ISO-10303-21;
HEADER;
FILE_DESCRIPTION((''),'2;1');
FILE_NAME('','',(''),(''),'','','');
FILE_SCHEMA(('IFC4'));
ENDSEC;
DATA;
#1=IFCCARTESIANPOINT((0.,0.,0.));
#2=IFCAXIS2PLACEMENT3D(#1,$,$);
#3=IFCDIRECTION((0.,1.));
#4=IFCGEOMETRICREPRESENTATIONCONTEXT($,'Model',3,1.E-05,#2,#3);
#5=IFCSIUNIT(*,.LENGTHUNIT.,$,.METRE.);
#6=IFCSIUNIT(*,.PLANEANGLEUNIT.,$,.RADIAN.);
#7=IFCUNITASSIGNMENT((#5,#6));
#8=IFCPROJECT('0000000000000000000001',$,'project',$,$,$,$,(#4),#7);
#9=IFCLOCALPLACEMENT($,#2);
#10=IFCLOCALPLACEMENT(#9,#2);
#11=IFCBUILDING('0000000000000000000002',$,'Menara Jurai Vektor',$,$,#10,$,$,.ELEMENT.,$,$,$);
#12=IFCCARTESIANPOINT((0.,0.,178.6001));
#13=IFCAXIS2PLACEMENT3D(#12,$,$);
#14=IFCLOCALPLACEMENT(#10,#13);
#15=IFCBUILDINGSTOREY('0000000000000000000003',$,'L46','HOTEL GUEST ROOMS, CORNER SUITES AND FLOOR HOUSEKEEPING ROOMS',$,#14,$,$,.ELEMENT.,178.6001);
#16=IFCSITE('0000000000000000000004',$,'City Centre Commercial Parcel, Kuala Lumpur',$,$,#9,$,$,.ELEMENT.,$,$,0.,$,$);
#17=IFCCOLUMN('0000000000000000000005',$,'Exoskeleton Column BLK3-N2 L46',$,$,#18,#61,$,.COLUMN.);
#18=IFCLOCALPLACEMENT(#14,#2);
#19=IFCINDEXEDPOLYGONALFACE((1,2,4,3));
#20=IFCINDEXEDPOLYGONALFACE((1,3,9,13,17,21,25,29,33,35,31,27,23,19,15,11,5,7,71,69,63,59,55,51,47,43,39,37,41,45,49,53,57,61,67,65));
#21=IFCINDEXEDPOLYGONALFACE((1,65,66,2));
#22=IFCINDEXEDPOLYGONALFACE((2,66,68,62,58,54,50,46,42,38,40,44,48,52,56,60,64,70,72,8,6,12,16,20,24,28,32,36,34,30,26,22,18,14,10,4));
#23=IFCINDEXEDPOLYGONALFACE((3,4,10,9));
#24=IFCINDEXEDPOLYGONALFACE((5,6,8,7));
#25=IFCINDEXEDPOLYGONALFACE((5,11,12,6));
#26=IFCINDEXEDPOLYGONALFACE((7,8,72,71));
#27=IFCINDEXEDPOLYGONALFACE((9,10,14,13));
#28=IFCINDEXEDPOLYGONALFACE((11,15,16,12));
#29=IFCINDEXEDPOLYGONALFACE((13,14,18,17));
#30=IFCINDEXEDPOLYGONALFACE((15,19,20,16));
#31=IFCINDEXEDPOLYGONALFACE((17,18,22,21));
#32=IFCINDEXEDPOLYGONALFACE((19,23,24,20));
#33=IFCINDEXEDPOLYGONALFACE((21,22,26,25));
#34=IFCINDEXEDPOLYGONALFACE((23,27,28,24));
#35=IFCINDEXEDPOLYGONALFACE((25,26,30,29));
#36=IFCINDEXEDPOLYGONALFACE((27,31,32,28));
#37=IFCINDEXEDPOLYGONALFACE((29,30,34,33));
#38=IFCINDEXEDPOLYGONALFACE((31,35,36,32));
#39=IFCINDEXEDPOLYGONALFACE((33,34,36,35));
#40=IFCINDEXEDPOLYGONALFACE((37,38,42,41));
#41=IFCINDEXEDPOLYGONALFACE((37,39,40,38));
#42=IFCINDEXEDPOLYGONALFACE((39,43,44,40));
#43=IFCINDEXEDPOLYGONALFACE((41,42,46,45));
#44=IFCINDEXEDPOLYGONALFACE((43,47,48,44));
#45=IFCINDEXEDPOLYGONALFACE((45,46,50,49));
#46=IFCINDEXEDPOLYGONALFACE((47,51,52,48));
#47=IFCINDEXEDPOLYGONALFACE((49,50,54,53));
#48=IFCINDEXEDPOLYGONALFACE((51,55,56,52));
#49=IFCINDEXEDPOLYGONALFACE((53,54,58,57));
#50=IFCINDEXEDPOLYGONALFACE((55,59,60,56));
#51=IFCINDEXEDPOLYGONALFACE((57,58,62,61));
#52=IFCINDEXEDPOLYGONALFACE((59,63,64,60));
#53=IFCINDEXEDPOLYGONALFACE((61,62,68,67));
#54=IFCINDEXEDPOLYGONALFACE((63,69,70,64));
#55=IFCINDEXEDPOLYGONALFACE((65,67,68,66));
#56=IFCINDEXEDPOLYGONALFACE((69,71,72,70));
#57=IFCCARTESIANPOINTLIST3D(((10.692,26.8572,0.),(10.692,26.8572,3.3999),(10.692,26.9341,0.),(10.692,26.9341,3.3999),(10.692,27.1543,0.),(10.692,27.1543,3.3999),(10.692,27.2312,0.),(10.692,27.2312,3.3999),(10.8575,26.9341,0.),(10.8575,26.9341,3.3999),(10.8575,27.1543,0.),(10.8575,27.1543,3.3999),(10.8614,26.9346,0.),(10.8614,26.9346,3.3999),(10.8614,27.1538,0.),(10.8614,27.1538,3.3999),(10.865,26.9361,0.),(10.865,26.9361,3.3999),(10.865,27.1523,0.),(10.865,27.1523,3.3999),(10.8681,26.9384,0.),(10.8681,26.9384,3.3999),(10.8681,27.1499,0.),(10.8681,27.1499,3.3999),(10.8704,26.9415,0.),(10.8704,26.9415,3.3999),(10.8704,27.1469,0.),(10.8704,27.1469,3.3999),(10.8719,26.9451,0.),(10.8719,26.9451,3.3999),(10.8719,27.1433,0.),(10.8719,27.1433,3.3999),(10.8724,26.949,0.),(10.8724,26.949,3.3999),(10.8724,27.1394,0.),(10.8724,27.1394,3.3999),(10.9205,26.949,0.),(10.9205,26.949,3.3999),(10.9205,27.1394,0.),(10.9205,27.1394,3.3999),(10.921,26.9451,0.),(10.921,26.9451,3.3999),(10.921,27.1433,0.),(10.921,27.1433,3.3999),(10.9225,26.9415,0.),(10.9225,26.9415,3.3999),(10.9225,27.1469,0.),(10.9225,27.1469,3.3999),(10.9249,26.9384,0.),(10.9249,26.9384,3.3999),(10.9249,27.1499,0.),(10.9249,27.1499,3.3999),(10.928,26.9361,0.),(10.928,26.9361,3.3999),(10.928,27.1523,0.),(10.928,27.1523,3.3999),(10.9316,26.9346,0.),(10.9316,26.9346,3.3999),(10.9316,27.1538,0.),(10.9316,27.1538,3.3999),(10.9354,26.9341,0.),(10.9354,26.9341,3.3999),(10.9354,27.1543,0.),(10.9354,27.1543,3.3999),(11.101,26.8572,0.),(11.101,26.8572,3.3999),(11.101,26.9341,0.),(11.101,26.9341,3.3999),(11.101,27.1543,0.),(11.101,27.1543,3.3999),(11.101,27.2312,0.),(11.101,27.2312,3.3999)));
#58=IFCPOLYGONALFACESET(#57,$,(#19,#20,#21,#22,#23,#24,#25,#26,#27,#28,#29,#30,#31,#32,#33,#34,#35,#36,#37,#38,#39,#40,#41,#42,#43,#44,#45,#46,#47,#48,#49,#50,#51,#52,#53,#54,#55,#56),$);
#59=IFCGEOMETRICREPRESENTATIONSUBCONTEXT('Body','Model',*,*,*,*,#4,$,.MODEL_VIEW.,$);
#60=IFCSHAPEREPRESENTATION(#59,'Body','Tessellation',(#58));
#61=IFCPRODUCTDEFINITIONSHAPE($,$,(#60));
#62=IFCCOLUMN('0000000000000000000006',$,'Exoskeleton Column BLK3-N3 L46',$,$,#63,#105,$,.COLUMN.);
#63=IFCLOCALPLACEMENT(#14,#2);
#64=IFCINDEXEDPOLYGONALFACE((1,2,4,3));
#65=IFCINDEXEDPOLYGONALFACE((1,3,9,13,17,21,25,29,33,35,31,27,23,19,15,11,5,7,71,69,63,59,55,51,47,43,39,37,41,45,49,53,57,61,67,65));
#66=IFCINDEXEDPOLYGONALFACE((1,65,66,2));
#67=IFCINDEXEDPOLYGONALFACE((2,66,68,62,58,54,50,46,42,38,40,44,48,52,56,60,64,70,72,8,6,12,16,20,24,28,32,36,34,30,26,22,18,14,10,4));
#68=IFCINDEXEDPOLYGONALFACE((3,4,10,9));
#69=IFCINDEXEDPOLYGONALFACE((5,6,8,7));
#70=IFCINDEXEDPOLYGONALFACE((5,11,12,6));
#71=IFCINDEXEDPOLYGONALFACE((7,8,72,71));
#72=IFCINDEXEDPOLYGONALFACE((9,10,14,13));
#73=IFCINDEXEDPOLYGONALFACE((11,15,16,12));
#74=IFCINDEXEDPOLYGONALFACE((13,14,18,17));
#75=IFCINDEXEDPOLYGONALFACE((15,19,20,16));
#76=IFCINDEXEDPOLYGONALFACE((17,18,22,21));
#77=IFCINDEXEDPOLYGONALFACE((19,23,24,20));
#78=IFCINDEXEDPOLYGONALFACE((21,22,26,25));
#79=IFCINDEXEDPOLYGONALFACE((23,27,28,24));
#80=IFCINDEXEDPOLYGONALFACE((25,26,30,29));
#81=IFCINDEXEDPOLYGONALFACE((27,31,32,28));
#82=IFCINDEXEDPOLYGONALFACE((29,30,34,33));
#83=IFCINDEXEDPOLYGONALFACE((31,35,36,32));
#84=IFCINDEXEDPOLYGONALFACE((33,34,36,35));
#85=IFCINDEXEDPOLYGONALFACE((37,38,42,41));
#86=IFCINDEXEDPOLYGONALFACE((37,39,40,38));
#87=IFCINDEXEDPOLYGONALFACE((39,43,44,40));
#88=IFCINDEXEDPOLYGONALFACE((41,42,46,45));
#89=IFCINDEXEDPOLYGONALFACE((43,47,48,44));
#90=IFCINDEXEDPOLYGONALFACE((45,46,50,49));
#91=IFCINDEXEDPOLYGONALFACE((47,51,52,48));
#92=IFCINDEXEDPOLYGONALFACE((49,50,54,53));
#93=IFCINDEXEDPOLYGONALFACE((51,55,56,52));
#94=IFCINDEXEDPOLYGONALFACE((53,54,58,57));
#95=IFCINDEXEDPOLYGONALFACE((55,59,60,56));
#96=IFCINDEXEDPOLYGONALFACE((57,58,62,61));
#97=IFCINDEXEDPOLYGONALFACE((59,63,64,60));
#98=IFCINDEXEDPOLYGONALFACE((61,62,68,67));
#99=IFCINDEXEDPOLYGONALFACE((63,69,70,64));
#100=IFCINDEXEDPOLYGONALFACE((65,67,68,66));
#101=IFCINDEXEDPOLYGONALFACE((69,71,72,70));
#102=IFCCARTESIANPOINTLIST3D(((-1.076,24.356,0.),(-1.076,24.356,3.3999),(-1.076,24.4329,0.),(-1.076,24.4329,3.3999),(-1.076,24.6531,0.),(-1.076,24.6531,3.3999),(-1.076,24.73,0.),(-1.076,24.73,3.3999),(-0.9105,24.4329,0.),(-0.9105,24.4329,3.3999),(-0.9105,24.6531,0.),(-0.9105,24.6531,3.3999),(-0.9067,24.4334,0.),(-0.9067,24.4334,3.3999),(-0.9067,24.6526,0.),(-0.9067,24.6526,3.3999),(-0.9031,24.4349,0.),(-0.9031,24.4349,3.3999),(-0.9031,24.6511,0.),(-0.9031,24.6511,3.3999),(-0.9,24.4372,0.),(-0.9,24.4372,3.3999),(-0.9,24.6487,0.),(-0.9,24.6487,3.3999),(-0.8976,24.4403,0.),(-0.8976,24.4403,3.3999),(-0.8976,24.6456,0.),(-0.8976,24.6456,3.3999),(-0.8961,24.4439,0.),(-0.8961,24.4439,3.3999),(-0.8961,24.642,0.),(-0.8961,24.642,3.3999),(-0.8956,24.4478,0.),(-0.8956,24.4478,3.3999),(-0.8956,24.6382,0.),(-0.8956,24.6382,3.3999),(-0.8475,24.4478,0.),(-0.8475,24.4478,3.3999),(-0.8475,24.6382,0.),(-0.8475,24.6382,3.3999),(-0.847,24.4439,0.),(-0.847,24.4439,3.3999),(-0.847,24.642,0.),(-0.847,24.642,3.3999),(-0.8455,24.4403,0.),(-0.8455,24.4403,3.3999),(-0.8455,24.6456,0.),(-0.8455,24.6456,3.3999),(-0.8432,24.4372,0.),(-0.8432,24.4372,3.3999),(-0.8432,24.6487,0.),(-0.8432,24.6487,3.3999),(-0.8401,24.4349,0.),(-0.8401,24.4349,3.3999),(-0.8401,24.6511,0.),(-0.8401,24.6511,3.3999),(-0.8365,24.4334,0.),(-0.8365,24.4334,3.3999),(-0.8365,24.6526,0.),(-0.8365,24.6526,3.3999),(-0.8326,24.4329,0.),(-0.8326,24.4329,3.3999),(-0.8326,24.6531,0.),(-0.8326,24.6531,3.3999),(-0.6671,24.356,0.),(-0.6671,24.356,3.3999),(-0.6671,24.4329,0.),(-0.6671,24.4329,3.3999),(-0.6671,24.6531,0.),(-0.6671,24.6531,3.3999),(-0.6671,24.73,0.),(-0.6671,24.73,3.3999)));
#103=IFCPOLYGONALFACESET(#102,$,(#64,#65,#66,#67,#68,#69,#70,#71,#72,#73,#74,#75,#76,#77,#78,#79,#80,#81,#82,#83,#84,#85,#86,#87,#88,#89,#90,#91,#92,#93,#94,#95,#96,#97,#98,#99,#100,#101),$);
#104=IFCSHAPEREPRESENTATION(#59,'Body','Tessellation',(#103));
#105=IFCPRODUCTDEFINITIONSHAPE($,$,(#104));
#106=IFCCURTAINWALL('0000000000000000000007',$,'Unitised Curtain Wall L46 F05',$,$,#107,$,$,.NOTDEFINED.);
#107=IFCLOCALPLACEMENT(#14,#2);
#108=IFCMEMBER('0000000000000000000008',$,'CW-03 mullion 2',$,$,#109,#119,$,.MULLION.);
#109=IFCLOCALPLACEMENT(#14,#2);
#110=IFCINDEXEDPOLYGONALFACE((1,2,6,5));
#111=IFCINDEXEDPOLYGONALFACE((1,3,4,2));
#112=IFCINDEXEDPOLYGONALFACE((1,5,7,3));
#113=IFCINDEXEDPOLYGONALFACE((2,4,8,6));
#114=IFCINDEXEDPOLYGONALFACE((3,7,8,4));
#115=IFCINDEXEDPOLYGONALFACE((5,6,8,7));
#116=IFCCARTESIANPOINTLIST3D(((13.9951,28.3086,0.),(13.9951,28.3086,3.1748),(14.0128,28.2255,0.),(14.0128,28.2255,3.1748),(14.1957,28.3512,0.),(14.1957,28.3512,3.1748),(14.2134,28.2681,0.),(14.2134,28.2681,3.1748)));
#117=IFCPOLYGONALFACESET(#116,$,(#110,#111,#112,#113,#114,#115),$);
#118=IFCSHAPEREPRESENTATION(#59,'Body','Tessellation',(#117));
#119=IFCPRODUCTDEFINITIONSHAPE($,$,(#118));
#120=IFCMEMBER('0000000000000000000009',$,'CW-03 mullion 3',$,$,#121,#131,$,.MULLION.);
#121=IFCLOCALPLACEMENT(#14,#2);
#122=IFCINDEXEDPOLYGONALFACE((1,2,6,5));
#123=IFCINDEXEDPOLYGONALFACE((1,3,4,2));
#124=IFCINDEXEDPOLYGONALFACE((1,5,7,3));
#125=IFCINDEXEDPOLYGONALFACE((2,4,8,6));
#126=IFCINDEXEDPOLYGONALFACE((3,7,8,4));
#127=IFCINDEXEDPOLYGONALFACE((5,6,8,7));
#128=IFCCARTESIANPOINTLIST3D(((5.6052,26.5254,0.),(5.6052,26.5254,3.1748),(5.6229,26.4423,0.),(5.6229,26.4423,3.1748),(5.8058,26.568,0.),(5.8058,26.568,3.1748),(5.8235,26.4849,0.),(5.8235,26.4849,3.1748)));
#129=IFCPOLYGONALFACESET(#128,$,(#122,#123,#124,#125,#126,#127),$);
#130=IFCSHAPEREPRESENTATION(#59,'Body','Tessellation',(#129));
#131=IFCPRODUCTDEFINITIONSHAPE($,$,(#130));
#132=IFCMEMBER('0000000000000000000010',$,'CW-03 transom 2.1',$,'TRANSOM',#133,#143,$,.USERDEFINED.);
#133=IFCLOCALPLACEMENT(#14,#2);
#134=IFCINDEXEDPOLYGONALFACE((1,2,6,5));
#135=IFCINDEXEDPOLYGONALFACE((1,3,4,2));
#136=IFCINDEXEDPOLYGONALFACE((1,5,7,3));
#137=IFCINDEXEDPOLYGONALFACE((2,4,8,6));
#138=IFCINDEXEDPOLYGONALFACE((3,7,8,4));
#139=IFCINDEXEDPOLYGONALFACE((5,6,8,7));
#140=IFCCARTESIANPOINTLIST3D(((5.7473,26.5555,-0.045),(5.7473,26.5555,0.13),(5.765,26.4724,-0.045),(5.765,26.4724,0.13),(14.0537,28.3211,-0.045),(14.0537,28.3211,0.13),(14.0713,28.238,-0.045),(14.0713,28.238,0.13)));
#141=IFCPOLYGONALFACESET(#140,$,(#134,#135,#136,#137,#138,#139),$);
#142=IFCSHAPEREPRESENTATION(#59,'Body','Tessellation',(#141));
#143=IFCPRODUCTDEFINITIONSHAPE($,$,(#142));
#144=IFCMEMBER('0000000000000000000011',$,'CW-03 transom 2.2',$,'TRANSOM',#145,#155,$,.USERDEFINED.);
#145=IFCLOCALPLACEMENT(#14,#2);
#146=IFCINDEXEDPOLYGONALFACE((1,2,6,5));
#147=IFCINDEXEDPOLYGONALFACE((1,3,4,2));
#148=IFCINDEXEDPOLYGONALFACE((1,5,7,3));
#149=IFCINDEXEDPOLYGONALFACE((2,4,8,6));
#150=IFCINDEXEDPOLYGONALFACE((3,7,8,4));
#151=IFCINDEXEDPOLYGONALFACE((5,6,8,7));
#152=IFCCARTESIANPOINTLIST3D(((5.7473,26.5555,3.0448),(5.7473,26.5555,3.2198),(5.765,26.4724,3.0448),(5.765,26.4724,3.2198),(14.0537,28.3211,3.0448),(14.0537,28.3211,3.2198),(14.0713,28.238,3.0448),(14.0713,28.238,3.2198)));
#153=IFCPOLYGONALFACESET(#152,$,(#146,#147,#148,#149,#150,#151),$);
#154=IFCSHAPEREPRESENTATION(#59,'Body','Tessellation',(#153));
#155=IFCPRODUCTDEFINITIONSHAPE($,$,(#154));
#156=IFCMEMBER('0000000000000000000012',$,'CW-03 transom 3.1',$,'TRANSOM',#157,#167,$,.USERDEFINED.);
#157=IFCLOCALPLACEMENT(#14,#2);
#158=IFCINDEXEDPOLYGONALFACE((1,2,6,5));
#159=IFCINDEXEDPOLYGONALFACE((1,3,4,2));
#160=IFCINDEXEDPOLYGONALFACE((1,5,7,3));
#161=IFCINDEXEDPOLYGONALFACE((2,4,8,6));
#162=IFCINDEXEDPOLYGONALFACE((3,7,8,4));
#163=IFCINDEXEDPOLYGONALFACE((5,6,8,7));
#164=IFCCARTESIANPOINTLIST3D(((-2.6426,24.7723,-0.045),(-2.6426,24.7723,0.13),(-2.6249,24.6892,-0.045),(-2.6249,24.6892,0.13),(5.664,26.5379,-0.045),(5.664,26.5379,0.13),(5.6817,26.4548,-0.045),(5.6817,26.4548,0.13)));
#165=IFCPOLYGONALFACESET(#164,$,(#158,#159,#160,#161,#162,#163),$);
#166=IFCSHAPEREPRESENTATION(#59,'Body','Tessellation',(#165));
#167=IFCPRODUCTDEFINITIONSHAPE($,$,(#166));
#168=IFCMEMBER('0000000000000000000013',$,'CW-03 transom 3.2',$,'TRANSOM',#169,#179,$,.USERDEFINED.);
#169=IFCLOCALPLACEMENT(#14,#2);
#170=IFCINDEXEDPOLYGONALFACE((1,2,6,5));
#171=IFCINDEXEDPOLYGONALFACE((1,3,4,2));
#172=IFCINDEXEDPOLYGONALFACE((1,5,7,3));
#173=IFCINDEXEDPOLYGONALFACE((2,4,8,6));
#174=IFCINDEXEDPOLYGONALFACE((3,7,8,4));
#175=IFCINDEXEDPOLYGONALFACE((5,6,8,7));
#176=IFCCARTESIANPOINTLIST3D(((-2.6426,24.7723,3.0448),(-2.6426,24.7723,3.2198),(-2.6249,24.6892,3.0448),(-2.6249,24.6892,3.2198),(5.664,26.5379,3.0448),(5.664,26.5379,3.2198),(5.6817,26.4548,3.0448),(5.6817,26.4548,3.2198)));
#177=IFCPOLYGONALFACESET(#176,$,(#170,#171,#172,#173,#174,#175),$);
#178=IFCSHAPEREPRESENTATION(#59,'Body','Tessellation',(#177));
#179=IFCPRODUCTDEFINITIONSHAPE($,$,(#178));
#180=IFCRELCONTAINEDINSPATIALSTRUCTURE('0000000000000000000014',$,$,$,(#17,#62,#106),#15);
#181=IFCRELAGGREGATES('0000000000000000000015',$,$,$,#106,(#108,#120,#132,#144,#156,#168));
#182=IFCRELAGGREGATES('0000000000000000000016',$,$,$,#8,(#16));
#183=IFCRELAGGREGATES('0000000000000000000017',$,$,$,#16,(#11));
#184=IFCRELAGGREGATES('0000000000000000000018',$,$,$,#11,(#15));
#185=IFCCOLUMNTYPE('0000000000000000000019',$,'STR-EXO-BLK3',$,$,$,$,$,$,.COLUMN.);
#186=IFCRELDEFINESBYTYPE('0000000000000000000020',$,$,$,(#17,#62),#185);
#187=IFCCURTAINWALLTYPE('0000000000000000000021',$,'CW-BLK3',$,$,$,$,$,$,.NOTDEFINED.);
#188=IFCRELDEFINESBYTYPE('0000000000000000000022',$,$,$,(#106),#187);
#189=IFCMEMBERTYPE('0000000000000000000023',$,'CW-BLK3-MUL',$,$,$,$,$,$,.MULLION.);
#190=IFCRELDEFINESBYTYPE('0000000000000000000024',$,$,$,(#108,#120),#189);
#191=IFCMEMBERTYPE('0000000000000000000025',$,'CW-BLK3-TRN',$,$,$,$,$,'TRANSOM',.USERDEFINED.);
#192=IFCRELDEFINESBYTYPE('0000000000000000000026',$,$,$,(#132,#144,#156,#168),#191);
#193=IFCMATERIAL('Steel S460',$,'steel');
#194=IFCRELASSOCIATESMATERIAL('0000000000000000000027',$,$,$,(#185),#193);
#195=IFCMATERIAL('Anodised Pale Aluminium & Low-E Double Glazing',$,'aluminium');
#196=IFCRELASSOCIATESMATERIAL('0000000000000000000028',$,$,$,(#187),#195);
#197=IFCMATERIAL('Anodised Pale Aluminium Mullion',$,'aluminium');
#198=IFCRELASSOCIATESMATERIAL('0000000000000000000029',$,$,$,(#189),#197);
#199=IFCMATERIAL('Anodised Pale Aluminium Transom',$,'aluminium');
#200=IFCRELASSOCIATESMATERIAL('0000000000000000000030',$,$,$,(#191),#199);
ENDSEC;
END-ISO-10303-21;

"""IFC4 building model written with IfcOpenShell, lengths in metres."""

from ifc_helpers import new_model, si_unit, direction, frame, origin, origin_2d, place, context, subcontext, project, spatial, rectangle, i_section, extrude, material, material_profile, profile_set, type_object, element, aggregate, save


model = new_model("IFC4")

# Units and contexts
model_context = context("Model", 3, precision=1e-05, world=origin(), true_north=direction((0.0, 1.0)))
body_context = subcontext(model_context, "Body", "Model", "MODEL_VIEW")
ifc_project = project(units=[si_unit("LENGTHUNIT", "METRE"), si_unit("PLANEANGLEUNIT", "RADIAN")], contexts=[model_context])

# Site, building, storey
site_placement = place(None, origin())
site = spatial("IfcSite", under=ifc_project, at=site_placement, Name="City Centre Commercial Parcel, Kuala Lumpur", CompositionType="ELEMENT", RefElevation=0.0)
building_placement = place(site_placement, origin())
building = spatial("IfcBuilding", under=site, at=building_placement, Name="Menara Jurai Vektor", CompositionType="ELEMENT")
storey_placement = place(building_placement, frame((0.0, 0.0, 178.6001)))
storey = spatial("IfcBuildingStorey", under=building, at=storey_placement, Name="L46", Description="HOTEL GUEST ROOMS, CORNER SUITES AND FLOOR HOUSEKEEPING ROOMS", CompositionType="ELEMENT", Elevation=178.6001)

# Columns
ifc_material_1 = material(Name="Steel S460", Category="steel")
ifc_material_profile_1 = material_profile(ifc_material_1, i_section(OverallWidth=0.4089, OverallDepth=0.374, WebThickness=0.0481, FlangeThickness=0.0769, FilletRadius=0.0149, at=origin_2d()), Name="HD 400x634")
ifc_profile_set_1 = profile_set([ifc_material_profile_1], Name="Steel S460")
column_type = type_object("IfcColumnType", Name="STR-EXO-BLK3", PredefinedType="COLUMN", material=ifc_profile_set_1)
for number, where, z_axis, x_axis, name in (
    (1, (10.8965, 27.0442, 0.0), (0.0, 0.0, 1.0), (1.0, 0.0, 0.0), "Exoskeleton Column BLK3-N2 L46"),
    (2, (-0.8716, 24.543, 0.0), (0.0, 0.0, 1.0), (1.0, 0.0, 0.0), "Exoskeleton Column BLK3-N3 L46"),
):
    element("IfcColumn", number, at=place(storey_placement, frame(where, z_axis=z_axis, x_axis=x_axis)), inside=storey, type_object=column_type, Name=name, PredefinedType="COLUMN", context=body_context, shape_type="SweptSolid", body=[
        extrude(i_section(OverallWidth=0.4089, OverallDepth=0.374, WebThickness=0.0481, FlangeThickness=0.0769, FilletRadius=0.0149, at=origin_2d()), origin(), (0.0, 0.0, 1.0), 3.3999),
    ])

# Curtain wall, members
ifc_material_2 = material(Name="Anodised Pale Aluminium & Low-E Double Glazing", Category="aluminium")
curtain_wall_type = type_object("IfcCurtainWallType", Name="CW-BLK3", PredefinedType="NOTDEFINED", material=ifc_material_2)
curtain_wall_placement = place(storey_placement, origin())
curtain_wall = element("IfcCurtainWall", 3, at=curtain_wall_placement, inside=storey, type_object=curtain_wall_type, Name="Unitised Curtain Wall L46 F05", PredefinedType="NOTDEFINED")
ifc_material_3 = material(Name="Anodised Pale Aluminium Mullion", Category="aluminium")
ifc_material_profile_2 = material_profile(ifc_material_3, rectangle(XDim=0.085, YDim=0.2051, at=origin_2d()), Name="ALU MUL 85x205")
ifc_profile_set_2 = profile_set([ifc_material_profile_2], Name="Anodised Pale Aluminium Mullion")
member_type_1 = type_object("IfcMemberType", Name="CW-BLK3-MUL", PredefinedType="MULLION", material=ifc_profile_set_2)
member_1_placement = place(storey_placement, frame((14.1042, 28.2883, 0.0), z_axis=(0.0, 0.0, 1.0), x_axis=(0.207911, -0.978148, 0.0)))
member_1 = element("IfcMember", 4, at=member_1_placement, type_object=member_type_1, Name="CW-03 mullion 2", PredefinedType="MULLION", context=body_context, shape_type="SweptSolid", body=[
    extrude(rectangle(XDim=0.085, YDim=0.2051, at=origin_2d()), origin(), (0.0, 0.0, 1.0), 3.1748),
])
member_2_placement = place(storey_placement, frame((5.7144, 26.5051, 0.0), z_axis=(0.0, 0.0, 1.0), x_axis=(0.207911, -0.978148, 0.0)))
member_2 = element("IfcMember", 5, at=member_2_placement, type_object=member_type_1, Name="CW-03 mullion 3", PredefinedType="MULLION", context=body_context, shape_type="SweptSolid", body=[
    extrude(rectangle(XDim=0.085, YDim=0.2051, at=origin_2d()), origin(), (0.0, 0.0, 1.0), 3.1748),
])
ifc_material_4 = material(Name="Anodised Pale Aluminium Transom", Category="aluminium")
ifc_material_profile_3 = material_profile(ifc_material_4, rectangle(XDim=0.085, YDim=0.175, at=origin_2d()), Name="ALU TRN 85x175")
ifc_profile_set_3 = profile_set([ifc_material_profile_3], Name="Anodised Pale Aluminium Transom")
member_type_2 = type_object("IfcMemberType", Name="CW-BLK3-TRN", ElementType="TRANSOM", PredefinedType="USERDEFINED", material=ifc_profile_set_3)
member_3_placement = place(storey_placement, frame((14.0625, 28.2795, 0.0425), z_axis=(-0.978147, -0.207917, 0.0), x_axis=(0.207917, -0.978147, 0.0)))
member_3 = element("IfcMember", 6, at=member_3_placement, type_object=member_type_2, Name="CW-03 transom 2.1", ObjectType="TRANSOM", PredefinedType="USERDEFINED", context=body_context, shape_type="SweptSolid", body=[
    extrude(rectangle(XDim=0.085, YDim=0.175, at=origin_2d()), origin(), (0.0, 0.0, 1.0), 8.4919),
])
member_4_placement = place(storey_placement, frame((14.0625, 28.2795, 3.1323), z_axis=(-0.978147, -0.207917, 0.0), x_axis=(0.207917, -0.978147, 0.0)))
member_4 = element("IfcMember", 7, at=member_4_placement, type_object=member_type_2, Name="CW-03 transom 2.2", ObjectType="TRANSOM", PredefinedType="USERDEFINED", context=body_context, shape_type="SweptSolid", body=[
    extrude(rectangle(XDim=0.085, YDim=0.175, at=origin_2d()), origin(), (0.0, 0.0, 1.0), 8.4919),
])
member_5_placement = place(storey_placement, frame((5.6729, 26.4963, 0.0425), z_axis=(-0.978148, -0.207911, 0.0), x_axis=(0.207911, -0.978148, 0.0)))
member_5 = element("IfcMember", 8, at=member_5_placement, type_object=member_type_2, Name="CW-03 transom 3.1", ObjectType="TRANSOM", PredefinedType="USERDEFINED", context=body_context, shape_type="SweptSolid", body=[
    extrude(rectangle(XDim=0.085, YDim=0.175, at=origin_2d()), origin(), (0.0, 0.0, 1.0), 8.4922),
])
member_6_placement = place(storey_placement, frame((5.6729, 26.4963, 3.1323), z_axis=(-0.978148, -0.207911, 0.0), x_axis=(0.207911, -0.978148, 0.0)))
member_6 = element("IfcMember", 9, at=member_6_placement, type_object=member_type_2, Name="CW-03 transom 3.2", ObjectType="TRANSOM", PredefinedType="USERDEFINED", context=body_context, shape_type="SweptSolid", body=[
    extrude(rectangle(XDim=0.085, YDim=0.175, at=origin_2d()), origin(), (0.0, 0.0, 1.0), 8.4922),
])

aggregate(curtain_wall, [member_1, member_2, member_3, member_4, member_5, member_6])

save(model, "model.ifc")
